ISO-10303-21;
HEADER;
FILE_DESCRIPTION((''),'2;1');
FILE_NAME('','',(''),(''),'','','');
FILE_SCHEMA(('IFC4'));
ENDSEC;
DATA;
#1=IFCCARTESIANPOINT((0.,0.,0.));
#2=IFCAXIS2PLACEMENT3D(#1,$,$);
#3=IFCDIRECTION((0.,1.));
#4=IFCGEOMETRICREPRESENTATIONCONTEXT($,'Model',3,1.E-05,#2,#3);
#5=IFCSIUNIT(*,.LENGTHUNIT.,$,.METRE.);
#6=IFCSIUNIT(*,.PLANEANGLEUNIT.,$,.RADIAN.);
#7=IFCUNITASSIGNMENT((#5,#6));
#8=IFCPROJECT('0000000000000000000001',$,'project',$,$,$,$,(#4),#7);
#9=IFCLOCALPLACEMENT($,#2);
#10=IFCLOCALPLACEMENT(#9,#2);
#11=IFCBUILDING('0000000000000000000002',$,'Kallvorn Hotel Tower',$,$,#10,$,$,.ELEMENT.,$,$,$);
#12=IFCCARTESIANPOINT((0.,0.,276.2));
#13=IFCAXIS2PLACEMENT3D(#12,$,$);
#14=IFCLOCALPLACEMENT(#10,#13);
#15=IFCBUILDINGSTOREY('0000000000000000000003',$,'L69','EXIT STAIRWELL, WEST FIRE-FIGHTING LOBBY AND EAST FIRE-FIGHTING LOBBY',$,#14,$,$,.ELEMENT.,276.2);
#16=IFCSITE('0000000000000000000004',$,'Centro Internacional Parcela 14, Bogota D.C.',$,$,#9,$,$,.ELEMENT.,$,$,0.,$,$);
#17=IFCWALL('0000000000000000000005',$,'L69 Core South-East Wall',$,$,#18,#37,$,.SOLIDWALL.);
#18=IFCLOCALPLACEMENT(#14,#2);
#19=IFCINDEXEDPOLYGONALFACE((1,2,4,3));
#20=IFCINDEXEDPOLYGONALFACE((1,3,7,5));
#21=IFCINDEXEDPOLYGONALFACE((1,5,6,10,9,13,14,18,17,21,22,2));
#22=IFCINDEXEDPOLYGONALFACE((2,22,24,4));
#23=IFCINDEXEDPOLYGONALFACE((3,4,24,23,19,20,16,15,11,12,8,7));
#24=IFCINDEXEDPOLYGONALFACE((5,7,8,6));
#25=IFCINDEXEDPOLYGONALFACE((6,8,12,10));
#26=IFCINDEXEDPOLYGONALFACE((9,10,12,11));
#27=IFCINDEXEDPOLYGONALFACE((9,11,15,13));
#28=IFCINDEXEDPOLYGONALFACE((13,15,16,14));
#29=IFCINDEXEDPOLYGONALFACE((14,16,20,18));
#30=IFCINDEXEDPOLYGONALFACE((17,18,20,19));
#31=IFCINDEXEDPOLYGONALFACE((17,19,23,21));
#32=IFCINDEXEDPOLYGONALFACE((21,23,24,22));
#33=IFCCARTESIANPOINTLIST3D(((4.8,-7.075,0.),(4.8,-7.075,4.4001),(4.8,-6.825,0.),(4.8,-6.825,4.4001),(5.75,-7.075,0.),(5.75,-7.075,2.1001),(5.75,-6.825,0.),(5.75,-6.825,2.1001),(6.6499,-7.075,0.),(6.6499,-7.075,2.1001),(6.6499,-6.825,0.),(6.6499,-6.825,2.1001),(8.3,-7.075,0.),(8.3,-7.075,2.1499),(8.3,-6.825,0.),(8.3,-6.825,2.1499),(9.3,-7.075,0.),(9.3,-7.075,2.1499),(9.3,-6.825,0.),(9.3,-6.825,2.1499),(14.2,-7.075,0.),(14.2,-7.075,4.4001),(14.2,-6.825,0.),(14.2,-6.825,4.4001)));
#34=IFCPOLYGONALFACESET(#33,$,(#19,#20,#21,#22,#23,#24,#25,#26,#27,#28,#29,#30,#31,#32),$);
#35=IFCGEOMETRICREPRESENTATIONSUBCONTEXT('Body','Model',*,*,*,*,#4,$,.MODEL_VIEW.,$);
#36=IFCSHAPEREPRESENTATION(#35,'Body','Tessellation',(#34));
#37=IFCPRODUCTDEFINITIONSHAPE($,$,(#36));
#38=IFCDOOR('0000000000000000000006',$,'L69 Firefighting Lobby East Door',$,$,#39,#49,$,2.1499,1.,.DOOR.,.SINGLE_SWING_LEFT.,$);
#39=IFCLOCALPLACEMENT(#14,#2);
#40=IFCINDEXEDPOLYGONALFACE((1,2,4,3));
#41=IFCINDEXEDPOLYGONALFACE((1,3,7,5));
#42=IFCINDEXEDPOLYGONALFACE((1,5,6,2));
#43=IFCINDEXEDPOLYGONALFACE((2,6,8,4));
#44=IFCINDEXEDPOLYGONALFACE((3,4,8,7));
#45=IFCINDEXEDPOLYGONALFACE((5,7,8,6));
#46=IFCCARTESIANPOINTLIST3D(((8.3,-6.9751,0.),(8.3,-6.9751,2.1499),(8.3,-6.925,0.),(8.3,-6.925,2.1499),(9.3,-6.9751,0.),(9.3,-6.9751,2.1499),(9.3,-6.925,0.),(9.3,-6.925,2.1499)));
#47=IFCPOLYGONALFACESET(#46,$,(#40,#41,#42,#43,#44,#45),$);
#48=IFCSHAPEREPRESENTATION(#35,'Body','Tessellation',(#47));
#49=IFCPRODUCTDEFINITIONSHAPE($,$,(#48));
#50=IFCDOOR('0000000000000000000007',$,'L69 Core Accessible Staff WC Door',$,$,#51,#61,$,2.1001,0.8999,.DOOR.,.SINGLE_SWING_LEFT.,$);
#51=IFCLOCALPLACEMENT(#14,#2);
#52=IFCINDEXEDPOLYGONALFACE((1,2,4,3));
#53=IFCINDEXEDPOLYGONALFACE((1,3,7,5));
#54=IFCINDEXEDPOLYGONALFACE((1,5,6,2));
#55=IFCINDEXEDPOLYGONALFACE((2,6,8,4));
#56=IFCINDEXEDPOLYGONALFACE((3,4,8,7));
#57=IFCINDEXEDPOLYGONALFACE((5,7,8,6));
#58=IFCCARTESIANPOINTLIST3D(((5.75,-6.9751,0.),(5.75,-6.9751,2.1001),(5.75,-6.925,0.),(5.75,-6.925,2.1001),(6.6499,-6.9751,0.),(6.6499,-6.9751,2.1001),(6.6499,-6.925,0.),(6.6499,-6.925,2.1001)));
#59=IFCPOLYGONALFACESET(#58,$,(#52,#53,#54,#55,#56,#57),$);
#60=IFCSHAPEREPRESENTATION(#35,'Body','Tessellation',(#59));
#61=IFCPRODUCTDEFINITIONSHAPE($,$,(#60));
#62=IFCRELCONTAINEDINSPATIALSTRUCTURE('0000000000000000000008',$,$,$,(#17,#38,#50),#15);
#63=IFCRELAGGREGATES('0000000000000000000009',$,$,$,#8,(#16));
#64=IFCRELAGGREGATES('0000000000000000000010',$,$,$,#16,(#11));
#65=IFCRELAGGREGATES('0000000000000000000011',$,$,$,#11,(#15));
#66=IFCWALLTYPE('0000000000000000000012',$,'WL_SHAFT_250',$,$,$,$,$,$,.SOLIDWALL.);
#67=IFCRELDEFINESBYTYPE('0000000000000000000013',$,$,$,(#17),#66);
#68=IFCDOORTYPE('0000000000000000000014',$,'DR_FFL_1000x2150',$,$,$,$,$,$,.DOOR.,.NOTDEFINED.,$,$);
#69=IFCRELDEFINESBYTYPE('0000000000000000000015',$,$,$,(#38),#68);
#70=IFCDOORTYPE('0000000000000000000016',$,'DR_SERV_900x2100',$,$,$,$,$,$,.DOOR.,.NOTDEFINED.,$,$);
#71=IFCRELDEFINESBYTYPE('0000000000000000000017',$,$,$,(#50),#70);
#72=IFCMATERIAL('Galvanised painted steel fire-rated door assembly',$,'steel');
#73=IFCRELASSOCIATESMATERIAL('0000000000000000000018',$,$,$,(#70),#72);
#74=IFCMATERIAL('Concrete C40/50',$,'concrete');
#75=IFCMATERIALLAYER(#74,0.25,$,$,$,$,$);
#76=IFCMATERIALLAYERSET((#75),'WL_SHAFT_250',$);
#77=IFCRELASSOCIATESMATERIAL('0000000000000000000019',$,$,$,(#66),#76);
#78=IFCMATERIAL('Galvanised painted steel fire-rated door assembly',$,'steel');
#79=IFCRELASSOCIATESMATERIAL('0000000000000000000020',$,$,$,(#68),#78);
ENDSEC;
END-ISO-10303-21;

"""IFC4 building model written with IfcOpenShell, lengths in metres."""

from ifc_helpers import new_model, si_unit, direction, frame, frame_2d, origin, place, context, subcontext, project, spatial, rectangle, extrude, material, layer, layer_set, type_object, element, fill, save


model = new_model("IFC4")

# Units and contexts
model_context = context("Model", 3, precision=1e-05, world=origin(), true_north=direction((0.0, 1.0)))
body_context = subcontext(model_context, "Body", "Model", "MODEL_VIEW")
ifc_project = project(units=[si_unit("LENGTHUNIT", "METRE"), si_unit("PLANEANGLEUNIT", "RADIAN")], contexts=[model_context])

# Site, building, storey
site_placement = place(None, origin())
site = spatial("IfcSite", under=ifc_project, at=site_placement, Name="Centro Internacional Parcela 14, Bogota D.C.", CompositionType="ELEMENT", RefElevation=0.0)
building_placement = place(site_placement, origin())
building = spatial("IfcBuilding", under=site, at=building_placement, Name="Kallvorn Hotel Tower", CompositionType="ELEMENT")
storey_placement = place(building_placement, frame((0.0, 0.0, 276.2)))
storey = spatial("IfcBuildingStorey", under=building, at=storey_placement, Name="L69", Description="EXIT STAIRWELL, WEST FIRE-FIGHTING LOBBY AND EAST FIRE-FIGHTING LOBBY", CompositionType="ELEMENT", Elevation=276.2)

# Shared definitions
ifc_material_1 = material(Name="Galvanised painted steel fire-rated door assembly", Category="steel")
door_type_1 = type_object("IfcDoorType", Name="DR_SERV_900x2100", OperationType="NOTDEFINED", PredefinedType="DOOR", material=ifc_material_1)

# Wall, openings, doors
ifc_material_2 = material(Name="Concrete C40/50", Category="concrete")
ifc_layer_1 = layer(ifc_material_2, 0.25)
ifc_layer_set_1 = layer_set([ifc_layer_1], Name="WL_SHAFT_250")
wall_type_1 = type_object("IfcWallType", Name="WL_SHAFT_250", PredefinedType="SOLIDWALL", material=ifc_layer_set_1)
wall_1_placement = place(storey_placement, frame((4.8, -6.95, 0.0), z_axis=(0.0, 0.0, 1.0), x_axis=(1.0, 0.0, 0.0)))
wall_1 = element("IfcWall", 1, at=wall_1_placement, inside=storey, type_object=wall_type_1, Name="L69 Core South-East Wall", PredefinedType="SOLIDWALL", context=body_context, shape_type="SweptSolid", body=[
    extrude(rectangle(XDim=9.3999, YDim=0.25, at=frame_2d((4.7, 0.0))), origin(), (0.0, 0.0, 1.0), 4.4001),
])
opening_1_placement = place(wall_1_placement, frame((3.5, 0.0, 0.0)))
opening_1 = element("IfcOpeningElement", 2, at=opening_1_placement, cuts=wall_1, PredefinedType="OPENING", context=body_context, shape_type="SweptSolid", body=[
    extrude(rectangle(XDim=1.0, YDim=2.1499, at=frame_2d((0.5, 1.075))), frame((0.0, 0.1399, 0.0), z_axis=(0.0, -1.0, 0.0), x_axis=(1.0, 0.0, 0.0)), (0.0, 0.0, 1.0), 0.28),
])
opening_2_placement = place(wall_1_placement, frame((0.95, 0.0, 0.0)))
opening_2 = element("IfcOpeningElement", 3, at=opening_2_placement, cuts=wall_1, PredefinedType="OPENING", context=body_context, shape_type="SweptSolid", body=[
    extrude(rectangle(XDim=0.8999, YDim=2.1001, at=frame_2d((0.45, 1.05))), frame((0.0, 0.1399, 0.0), z_axis=(0.0, -1.0, 0.0), x_axis=(1.0, 0.0, 0.0)), (0.0, 0.0, 1.0), 0.28),
])
ifc_material_3 = material(Name="Galvanised painted steel fire-rated door assembly", Category="steel")
door_type_2 = type_object("IfcDoorType", Name="DR_FFL_1000x2150", OperationType="NOTDEFINED", PredefinedType="DOOR", material=ifc_material_3)
door_1_placement = place(opening_1_placement, origin())
door_1 = element("IfcDoor", 4, at=door_1_placement, inside=storey, type_object=door_type_2, Name="L69 Firefighting Lobby East Door", OperationType="SINGLE_SWING_LEFT", OverallHeight=2.1499, OverallWidth=1.0, PredefinedType="DOOR", context=body_context, shape_type="SweptSolid", body=[
    extrude(rectangle(XDim=1.0, YDim=2.1499, at=frame_2d((0.5, 1.075))), frame((0.0, 0.0249, 0.0), z_axis=(0.0, -1.0, 0.0), x_axis=(1.0, 0.0, 0.0)), (0.0, 0.0, 1.0), 0.05),
])
fill(opening_1, door_1)
door_2_placement = place(opening_2_placement, origin())
door_2 = element("IfcDoor", 5, at=door_2_placement, inside=storey, type_object=door_type_1, Name="L69 Core Accessible Staff WC Door", OperationType="SINGLE_SWING_LEFT", OverallHeight=2.1001, OverallWidth=0.8999, PredefinedType="DOOR", context=body_context, shape_type="SweptSolid", body=[
    extrude(rectangle(XDim=0.8999, YDim=2.1001, at=frame_2d((0.45, 1.05))), frame((0.0, 0.0249, 0.0), z_axis=(0.0, -1.0, 0.0), x_axis=(1.0, 0.0, 0.0)), (0.0, 0.0, 1.0), 0.05),
])
fill(opening_2, door_2)

save(model, "model.ifc")
